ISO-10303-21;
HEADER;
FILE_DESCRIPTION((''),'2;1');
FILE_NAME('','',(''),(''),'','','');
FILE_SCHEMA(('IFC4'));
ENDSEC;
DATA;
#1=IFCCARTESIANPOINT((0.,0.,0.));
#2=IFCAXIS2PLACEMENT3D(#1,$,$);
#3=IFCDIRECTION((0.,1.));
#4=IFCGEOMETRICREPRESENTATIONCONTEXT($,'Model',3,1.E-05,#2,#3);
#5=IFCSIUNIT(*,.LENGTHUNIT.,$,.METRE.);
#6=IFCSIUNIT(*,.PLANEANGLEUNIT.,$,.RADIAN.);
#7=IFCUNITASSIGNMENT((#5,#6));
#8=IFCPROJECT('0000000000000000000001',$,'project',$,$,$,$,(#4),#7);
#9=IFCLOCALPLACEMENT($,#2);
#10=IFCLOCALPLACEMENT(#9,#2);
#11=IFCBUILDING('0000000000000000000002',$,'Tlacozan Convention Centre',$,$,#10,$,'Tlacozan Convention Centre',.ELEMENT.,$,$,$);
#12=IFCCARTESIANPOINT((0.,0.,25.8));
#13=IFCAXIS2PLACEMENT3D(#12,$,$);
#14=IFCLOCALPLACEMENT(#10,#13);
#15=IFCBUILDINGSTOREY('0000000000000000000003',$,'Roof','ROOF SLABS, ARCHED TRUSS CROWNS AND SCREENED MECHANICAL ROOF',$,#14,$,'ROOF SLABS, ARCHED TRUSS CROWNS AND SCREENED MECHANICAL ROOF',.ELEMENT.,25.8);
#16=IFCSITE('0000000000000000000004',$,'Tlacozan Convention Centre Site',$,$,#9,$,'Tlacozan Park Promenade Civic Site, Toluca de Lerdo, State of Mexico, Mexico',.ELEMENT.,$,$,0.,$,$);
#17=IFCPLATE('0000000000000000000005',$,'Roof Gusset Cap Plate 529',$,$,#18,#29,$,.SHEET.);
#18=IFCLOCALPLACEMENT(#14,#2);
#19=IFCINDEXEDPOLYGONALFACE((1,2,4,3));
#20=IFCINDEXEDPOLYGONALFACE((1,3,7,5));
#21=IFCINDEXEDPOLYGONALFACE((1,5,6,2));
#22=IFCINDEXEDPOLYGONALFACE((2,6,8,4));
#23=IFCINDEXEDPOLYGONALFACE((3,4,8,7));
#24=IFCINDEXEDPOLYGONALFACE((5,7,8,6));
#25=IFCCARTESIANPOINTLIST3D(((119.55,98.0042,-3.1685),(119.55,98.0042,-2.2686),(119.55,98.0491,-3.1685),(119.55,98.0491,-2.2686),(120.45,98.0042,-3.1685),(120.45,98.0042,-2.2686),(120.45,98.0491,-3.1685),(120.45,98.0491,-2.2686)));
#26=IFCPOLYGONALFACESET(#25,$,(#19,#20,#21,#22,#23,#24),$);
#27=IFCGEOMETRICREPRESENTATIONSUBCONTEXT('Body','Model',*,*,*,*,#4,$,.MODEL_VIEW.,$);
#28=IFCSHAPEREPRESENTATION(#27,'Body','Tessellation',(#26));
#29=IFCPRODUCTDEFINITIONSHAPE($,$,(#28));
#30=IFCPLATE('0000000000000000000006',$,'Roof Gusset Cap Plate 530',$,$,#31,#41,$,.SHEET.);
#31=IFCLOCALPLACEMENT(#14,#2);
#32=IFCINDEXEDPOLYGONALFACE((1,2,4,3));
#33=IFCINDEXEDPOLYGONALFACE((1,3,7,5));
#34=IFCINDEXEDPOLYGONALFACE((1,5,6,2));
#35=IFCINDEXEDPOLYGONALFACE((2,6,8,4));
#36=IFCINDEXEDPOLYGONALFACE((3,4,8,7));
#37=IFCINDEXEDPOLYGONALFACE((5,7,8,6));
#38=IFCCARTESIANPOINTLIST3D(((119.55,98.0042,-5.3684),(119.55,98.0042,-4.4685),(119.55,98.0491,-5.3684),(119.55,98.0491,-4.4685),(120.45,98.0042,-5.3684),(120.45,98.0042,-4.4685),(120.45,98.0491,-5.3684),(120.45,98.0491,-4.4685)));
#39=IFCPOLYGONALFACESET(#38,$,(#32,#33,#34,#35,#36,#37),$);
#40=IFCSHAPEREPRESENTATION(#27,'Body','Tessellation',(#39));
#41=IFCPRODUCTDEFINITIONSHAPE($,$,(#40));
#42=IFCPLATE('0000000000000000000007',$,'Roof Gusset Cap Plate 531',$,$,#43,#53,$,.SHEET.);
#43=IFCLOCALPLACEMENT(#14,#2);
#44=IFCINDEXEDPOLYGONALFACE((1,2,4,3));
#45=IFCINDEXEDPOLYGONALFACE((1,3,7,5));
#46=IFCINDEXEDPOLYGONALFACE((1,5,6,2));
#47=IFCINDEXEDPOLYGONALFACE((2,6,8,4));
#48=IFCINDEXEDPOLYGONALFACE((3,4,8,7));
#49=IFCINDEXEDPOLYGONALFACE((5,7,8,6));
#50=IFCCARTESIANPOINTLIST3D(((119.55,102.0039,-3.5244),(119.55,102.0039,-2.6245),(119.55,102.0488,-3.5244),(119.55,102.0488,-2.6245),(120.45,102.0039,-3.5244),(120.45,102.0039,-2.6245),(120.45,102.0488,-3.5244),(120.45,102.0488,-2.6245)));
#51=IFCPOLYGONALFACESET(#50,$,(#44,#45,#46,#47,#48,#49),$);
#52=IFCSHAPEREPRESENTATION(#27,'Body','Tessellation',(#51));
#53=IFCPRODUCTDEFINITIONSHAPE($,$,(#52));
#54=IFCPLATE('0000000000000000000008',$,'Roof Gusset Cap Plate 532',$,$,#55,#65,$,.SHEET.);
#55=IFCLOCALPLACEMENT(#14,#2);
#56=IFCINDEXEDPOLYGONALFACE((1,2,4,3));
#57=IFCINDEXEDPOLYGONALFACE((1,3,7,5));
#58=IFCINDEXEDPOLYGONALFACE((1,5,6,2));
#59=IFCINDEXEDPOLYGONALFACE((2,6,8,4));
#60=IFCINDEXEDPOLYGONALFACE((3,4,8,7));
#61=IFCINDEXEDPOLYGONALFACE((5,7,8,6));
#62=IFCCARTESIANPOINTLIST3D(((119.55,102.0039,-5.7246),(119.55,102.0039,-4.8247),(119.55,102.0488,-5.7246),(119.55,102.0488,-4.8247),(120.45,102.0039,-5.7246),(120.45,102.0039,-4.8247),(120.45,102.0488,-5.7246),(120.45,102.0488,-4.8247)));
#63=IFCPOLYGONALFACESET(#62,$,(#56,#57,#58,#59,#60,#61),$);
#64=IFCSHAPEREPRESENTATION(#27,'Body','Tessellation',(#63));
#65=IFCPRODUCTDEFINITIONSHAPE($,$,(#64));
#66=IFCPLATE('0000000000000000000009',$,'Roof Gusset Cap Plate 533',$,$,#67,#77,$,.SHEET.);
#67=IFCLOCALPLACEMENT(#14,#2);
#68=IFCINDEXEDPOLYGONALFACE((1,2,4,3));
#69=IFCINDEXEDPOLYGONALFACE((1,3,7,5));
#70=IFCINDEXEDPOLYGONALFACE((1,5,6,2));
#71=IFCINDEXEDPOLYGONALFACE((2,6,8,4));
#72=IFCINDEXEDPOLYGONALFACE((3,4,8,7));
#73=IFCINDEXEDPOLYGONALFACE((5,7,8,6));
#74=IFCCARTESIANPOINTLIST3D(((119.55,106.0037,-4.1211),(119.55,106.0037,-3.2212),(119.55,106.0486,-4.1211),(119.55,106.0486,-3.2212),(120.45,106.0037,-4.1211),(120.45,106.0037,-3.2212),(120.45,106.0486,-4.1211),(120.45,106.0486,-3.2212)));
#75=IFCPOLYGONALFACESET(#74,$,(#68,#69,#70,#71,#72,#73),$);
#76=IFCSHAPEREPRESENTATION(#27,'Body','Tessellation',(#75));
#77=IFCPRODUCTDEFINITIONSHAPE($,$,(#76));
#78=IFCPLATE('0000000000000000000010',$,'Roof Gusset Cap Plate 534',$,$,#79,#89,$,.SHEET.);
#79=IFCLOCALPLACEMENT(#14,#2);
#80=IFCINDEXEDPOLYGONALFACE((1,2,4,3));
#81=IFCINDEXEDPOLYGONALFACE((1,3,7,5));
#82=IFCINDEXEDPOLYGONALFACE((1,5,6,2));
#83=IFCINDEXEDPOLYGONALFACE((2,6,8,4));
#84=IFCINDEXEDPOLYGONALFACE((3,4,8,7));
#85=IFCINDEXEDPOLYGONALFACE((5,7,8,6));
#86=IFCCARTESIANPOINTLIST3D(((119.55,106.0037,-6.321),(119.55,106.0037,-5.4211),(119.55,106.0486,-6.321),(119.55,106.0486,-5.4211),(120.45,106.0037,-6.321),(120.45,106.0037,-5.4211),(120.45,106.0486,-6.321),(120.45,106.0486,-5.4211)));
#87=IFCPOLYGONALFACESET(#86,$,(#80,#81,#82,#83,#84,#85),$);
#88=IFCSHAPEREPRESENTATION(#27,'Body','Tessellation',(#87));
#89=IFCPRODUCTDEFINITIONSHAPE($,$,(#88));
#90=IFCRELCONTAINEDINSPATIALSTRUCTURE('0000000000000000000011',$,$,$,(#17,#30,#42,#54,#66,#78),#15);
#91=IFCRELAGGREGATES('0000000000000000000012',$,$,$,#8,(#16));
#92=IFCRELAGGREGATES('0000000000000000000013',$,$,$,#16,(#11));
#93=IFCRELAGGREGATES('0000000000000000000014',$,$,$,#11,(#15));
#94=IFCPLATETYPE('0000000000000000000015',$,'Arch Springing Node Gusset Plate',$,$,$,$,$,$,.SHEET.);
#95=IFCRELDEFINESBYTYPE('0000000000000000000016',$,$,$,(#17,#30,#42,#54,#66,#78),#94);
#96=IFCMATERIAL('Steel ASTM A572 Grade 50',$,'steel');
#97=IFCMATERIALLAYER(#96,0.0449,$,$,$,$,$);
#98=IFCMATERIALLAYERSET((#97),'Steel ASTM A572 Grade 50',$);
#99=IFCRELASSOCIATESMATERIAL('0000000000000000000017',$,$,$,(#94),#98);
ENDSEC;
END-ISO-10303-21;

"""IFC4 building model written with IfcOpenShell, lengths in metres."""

from ifc_helpers import new_model, si_unit, direction, frame, origin, origin_2d, place, context, subcontext, project, spatial, rectangle, extrude, material, layer, layer_set, type_object, element, save


model = new_model("IFC4")

# Units and contexts
model_context = context("Model", 3, precision=1e-05, world=origin(), true_north=direction((0.0, 1.0)))
body_context = subcontext(model_context, "Body", "Model", "MODEL_VIEW")
ifc_project = project(units=[si_unit("LENGTHUNIT", "METRE"), si_unit("PLANEANGLEUNIT", "RADIAN")], contexts=[model_context])

# Site, building, storey
site_placement = place(None, origin())
site = spatial("IfcSite", under=ifc_project, at=site_placement, Name="Tlacozan Convention Centre Site", LongName="Tlacozan Park Promenade Civic Site, Toluca de Lerdo, State of Mexico, Mexico", CompositionType="ELEMENT", RefElevation=0.0)
building_placement = place(site_placement, origin())
building = spatial("IfcBuilding", under=site, at=building_placement, Name="Tlacozan Convention Centre", LongName="Tlacozan Convention Centre", CompositionType="ELEMENT")
storey_placement = place(building_placement, frame((0.0, 0.0, 25.8)))
storey = spatial("IfcBuildingStorey", under=building, at=storey_placement, Name="Roof", Description="ROOF SLABS, ARCHED TRUSS CROWNS AND SCREENED MECHANICAL ROOF", LongName="ROOF SLABS, ARCHED TRUSS CROWNS AND SCREENED MECHANICAL ROOF", CompositionType="ELEMENT", Elevation=25.8)

# Plates
ifc_material_1 = material(Name="Steel ASTM A572 Grade 50", Category="steel")
ifc_layer = layer(ifc_material_1, 0.0449)
ifc_layer_set = layer_set([ifc_layer], Name="Steel ASTM A572 Grade 50")
plate_type = type_object("IfcPlateType", Name="Arch Springing Node Gusset Plate", PredefinedType="SHEET", material=ifc_layer_set)
for number, where, z_axis, x_axis, name in (
    (1, (120.0, 98.0266, -3.1685), (0.0, 0.0, 1.0), (0.0, 1.0, 0.0), "Roof Gusset Cap Plate 529"),
    (2, (120.0, 98.0266, -5.3684), (0.0, 0.0, 1.0), (0.0, 1.0, 0.0), "Roof Gusset Cap Plate 530"),
    (3, (120.0, 102.0264, -3.5244), (0.0, 0.0, 1.0), (0.0, 1.0, 0.0), "Roof Gusset Cap Plate 531"),
    (4, (120.0, 102.0264, -5.7246), (0.0, 0.0, 1.0), (0.0, 1.0, 0.0), "Roof Gusset Cap Plate 532"),
    (5, (120.0, 106.0261, -4.1211), (0.0, 0.0, 1.0), (0.0, 1.0, 0.0), "Roof Gusset Cap Plate 533"),
    (6, (120.0, 106.0261, -6.321), (0.0, 0.0, 1.0), (0.0, 1.0, 0.0), "Roof Gusset Cap Plate 534"),
):
    element("IfcPlate", number, at=place(storey_placement, frame(where, z_axis=z_axis, x_axis=x_axis)), inside=storey, type_object=plate_type, Name=name, PredefinedType="SHEET", context=body_context, shape_type="SweptSolid", body=[
        extrude(rectangle(XDim=0.0449, YDim=0.8999, at=origin_2d()), origin(), (0.0, 0.0, 1.0), 0.8999),
    ])

save(model, "model.ifc")
